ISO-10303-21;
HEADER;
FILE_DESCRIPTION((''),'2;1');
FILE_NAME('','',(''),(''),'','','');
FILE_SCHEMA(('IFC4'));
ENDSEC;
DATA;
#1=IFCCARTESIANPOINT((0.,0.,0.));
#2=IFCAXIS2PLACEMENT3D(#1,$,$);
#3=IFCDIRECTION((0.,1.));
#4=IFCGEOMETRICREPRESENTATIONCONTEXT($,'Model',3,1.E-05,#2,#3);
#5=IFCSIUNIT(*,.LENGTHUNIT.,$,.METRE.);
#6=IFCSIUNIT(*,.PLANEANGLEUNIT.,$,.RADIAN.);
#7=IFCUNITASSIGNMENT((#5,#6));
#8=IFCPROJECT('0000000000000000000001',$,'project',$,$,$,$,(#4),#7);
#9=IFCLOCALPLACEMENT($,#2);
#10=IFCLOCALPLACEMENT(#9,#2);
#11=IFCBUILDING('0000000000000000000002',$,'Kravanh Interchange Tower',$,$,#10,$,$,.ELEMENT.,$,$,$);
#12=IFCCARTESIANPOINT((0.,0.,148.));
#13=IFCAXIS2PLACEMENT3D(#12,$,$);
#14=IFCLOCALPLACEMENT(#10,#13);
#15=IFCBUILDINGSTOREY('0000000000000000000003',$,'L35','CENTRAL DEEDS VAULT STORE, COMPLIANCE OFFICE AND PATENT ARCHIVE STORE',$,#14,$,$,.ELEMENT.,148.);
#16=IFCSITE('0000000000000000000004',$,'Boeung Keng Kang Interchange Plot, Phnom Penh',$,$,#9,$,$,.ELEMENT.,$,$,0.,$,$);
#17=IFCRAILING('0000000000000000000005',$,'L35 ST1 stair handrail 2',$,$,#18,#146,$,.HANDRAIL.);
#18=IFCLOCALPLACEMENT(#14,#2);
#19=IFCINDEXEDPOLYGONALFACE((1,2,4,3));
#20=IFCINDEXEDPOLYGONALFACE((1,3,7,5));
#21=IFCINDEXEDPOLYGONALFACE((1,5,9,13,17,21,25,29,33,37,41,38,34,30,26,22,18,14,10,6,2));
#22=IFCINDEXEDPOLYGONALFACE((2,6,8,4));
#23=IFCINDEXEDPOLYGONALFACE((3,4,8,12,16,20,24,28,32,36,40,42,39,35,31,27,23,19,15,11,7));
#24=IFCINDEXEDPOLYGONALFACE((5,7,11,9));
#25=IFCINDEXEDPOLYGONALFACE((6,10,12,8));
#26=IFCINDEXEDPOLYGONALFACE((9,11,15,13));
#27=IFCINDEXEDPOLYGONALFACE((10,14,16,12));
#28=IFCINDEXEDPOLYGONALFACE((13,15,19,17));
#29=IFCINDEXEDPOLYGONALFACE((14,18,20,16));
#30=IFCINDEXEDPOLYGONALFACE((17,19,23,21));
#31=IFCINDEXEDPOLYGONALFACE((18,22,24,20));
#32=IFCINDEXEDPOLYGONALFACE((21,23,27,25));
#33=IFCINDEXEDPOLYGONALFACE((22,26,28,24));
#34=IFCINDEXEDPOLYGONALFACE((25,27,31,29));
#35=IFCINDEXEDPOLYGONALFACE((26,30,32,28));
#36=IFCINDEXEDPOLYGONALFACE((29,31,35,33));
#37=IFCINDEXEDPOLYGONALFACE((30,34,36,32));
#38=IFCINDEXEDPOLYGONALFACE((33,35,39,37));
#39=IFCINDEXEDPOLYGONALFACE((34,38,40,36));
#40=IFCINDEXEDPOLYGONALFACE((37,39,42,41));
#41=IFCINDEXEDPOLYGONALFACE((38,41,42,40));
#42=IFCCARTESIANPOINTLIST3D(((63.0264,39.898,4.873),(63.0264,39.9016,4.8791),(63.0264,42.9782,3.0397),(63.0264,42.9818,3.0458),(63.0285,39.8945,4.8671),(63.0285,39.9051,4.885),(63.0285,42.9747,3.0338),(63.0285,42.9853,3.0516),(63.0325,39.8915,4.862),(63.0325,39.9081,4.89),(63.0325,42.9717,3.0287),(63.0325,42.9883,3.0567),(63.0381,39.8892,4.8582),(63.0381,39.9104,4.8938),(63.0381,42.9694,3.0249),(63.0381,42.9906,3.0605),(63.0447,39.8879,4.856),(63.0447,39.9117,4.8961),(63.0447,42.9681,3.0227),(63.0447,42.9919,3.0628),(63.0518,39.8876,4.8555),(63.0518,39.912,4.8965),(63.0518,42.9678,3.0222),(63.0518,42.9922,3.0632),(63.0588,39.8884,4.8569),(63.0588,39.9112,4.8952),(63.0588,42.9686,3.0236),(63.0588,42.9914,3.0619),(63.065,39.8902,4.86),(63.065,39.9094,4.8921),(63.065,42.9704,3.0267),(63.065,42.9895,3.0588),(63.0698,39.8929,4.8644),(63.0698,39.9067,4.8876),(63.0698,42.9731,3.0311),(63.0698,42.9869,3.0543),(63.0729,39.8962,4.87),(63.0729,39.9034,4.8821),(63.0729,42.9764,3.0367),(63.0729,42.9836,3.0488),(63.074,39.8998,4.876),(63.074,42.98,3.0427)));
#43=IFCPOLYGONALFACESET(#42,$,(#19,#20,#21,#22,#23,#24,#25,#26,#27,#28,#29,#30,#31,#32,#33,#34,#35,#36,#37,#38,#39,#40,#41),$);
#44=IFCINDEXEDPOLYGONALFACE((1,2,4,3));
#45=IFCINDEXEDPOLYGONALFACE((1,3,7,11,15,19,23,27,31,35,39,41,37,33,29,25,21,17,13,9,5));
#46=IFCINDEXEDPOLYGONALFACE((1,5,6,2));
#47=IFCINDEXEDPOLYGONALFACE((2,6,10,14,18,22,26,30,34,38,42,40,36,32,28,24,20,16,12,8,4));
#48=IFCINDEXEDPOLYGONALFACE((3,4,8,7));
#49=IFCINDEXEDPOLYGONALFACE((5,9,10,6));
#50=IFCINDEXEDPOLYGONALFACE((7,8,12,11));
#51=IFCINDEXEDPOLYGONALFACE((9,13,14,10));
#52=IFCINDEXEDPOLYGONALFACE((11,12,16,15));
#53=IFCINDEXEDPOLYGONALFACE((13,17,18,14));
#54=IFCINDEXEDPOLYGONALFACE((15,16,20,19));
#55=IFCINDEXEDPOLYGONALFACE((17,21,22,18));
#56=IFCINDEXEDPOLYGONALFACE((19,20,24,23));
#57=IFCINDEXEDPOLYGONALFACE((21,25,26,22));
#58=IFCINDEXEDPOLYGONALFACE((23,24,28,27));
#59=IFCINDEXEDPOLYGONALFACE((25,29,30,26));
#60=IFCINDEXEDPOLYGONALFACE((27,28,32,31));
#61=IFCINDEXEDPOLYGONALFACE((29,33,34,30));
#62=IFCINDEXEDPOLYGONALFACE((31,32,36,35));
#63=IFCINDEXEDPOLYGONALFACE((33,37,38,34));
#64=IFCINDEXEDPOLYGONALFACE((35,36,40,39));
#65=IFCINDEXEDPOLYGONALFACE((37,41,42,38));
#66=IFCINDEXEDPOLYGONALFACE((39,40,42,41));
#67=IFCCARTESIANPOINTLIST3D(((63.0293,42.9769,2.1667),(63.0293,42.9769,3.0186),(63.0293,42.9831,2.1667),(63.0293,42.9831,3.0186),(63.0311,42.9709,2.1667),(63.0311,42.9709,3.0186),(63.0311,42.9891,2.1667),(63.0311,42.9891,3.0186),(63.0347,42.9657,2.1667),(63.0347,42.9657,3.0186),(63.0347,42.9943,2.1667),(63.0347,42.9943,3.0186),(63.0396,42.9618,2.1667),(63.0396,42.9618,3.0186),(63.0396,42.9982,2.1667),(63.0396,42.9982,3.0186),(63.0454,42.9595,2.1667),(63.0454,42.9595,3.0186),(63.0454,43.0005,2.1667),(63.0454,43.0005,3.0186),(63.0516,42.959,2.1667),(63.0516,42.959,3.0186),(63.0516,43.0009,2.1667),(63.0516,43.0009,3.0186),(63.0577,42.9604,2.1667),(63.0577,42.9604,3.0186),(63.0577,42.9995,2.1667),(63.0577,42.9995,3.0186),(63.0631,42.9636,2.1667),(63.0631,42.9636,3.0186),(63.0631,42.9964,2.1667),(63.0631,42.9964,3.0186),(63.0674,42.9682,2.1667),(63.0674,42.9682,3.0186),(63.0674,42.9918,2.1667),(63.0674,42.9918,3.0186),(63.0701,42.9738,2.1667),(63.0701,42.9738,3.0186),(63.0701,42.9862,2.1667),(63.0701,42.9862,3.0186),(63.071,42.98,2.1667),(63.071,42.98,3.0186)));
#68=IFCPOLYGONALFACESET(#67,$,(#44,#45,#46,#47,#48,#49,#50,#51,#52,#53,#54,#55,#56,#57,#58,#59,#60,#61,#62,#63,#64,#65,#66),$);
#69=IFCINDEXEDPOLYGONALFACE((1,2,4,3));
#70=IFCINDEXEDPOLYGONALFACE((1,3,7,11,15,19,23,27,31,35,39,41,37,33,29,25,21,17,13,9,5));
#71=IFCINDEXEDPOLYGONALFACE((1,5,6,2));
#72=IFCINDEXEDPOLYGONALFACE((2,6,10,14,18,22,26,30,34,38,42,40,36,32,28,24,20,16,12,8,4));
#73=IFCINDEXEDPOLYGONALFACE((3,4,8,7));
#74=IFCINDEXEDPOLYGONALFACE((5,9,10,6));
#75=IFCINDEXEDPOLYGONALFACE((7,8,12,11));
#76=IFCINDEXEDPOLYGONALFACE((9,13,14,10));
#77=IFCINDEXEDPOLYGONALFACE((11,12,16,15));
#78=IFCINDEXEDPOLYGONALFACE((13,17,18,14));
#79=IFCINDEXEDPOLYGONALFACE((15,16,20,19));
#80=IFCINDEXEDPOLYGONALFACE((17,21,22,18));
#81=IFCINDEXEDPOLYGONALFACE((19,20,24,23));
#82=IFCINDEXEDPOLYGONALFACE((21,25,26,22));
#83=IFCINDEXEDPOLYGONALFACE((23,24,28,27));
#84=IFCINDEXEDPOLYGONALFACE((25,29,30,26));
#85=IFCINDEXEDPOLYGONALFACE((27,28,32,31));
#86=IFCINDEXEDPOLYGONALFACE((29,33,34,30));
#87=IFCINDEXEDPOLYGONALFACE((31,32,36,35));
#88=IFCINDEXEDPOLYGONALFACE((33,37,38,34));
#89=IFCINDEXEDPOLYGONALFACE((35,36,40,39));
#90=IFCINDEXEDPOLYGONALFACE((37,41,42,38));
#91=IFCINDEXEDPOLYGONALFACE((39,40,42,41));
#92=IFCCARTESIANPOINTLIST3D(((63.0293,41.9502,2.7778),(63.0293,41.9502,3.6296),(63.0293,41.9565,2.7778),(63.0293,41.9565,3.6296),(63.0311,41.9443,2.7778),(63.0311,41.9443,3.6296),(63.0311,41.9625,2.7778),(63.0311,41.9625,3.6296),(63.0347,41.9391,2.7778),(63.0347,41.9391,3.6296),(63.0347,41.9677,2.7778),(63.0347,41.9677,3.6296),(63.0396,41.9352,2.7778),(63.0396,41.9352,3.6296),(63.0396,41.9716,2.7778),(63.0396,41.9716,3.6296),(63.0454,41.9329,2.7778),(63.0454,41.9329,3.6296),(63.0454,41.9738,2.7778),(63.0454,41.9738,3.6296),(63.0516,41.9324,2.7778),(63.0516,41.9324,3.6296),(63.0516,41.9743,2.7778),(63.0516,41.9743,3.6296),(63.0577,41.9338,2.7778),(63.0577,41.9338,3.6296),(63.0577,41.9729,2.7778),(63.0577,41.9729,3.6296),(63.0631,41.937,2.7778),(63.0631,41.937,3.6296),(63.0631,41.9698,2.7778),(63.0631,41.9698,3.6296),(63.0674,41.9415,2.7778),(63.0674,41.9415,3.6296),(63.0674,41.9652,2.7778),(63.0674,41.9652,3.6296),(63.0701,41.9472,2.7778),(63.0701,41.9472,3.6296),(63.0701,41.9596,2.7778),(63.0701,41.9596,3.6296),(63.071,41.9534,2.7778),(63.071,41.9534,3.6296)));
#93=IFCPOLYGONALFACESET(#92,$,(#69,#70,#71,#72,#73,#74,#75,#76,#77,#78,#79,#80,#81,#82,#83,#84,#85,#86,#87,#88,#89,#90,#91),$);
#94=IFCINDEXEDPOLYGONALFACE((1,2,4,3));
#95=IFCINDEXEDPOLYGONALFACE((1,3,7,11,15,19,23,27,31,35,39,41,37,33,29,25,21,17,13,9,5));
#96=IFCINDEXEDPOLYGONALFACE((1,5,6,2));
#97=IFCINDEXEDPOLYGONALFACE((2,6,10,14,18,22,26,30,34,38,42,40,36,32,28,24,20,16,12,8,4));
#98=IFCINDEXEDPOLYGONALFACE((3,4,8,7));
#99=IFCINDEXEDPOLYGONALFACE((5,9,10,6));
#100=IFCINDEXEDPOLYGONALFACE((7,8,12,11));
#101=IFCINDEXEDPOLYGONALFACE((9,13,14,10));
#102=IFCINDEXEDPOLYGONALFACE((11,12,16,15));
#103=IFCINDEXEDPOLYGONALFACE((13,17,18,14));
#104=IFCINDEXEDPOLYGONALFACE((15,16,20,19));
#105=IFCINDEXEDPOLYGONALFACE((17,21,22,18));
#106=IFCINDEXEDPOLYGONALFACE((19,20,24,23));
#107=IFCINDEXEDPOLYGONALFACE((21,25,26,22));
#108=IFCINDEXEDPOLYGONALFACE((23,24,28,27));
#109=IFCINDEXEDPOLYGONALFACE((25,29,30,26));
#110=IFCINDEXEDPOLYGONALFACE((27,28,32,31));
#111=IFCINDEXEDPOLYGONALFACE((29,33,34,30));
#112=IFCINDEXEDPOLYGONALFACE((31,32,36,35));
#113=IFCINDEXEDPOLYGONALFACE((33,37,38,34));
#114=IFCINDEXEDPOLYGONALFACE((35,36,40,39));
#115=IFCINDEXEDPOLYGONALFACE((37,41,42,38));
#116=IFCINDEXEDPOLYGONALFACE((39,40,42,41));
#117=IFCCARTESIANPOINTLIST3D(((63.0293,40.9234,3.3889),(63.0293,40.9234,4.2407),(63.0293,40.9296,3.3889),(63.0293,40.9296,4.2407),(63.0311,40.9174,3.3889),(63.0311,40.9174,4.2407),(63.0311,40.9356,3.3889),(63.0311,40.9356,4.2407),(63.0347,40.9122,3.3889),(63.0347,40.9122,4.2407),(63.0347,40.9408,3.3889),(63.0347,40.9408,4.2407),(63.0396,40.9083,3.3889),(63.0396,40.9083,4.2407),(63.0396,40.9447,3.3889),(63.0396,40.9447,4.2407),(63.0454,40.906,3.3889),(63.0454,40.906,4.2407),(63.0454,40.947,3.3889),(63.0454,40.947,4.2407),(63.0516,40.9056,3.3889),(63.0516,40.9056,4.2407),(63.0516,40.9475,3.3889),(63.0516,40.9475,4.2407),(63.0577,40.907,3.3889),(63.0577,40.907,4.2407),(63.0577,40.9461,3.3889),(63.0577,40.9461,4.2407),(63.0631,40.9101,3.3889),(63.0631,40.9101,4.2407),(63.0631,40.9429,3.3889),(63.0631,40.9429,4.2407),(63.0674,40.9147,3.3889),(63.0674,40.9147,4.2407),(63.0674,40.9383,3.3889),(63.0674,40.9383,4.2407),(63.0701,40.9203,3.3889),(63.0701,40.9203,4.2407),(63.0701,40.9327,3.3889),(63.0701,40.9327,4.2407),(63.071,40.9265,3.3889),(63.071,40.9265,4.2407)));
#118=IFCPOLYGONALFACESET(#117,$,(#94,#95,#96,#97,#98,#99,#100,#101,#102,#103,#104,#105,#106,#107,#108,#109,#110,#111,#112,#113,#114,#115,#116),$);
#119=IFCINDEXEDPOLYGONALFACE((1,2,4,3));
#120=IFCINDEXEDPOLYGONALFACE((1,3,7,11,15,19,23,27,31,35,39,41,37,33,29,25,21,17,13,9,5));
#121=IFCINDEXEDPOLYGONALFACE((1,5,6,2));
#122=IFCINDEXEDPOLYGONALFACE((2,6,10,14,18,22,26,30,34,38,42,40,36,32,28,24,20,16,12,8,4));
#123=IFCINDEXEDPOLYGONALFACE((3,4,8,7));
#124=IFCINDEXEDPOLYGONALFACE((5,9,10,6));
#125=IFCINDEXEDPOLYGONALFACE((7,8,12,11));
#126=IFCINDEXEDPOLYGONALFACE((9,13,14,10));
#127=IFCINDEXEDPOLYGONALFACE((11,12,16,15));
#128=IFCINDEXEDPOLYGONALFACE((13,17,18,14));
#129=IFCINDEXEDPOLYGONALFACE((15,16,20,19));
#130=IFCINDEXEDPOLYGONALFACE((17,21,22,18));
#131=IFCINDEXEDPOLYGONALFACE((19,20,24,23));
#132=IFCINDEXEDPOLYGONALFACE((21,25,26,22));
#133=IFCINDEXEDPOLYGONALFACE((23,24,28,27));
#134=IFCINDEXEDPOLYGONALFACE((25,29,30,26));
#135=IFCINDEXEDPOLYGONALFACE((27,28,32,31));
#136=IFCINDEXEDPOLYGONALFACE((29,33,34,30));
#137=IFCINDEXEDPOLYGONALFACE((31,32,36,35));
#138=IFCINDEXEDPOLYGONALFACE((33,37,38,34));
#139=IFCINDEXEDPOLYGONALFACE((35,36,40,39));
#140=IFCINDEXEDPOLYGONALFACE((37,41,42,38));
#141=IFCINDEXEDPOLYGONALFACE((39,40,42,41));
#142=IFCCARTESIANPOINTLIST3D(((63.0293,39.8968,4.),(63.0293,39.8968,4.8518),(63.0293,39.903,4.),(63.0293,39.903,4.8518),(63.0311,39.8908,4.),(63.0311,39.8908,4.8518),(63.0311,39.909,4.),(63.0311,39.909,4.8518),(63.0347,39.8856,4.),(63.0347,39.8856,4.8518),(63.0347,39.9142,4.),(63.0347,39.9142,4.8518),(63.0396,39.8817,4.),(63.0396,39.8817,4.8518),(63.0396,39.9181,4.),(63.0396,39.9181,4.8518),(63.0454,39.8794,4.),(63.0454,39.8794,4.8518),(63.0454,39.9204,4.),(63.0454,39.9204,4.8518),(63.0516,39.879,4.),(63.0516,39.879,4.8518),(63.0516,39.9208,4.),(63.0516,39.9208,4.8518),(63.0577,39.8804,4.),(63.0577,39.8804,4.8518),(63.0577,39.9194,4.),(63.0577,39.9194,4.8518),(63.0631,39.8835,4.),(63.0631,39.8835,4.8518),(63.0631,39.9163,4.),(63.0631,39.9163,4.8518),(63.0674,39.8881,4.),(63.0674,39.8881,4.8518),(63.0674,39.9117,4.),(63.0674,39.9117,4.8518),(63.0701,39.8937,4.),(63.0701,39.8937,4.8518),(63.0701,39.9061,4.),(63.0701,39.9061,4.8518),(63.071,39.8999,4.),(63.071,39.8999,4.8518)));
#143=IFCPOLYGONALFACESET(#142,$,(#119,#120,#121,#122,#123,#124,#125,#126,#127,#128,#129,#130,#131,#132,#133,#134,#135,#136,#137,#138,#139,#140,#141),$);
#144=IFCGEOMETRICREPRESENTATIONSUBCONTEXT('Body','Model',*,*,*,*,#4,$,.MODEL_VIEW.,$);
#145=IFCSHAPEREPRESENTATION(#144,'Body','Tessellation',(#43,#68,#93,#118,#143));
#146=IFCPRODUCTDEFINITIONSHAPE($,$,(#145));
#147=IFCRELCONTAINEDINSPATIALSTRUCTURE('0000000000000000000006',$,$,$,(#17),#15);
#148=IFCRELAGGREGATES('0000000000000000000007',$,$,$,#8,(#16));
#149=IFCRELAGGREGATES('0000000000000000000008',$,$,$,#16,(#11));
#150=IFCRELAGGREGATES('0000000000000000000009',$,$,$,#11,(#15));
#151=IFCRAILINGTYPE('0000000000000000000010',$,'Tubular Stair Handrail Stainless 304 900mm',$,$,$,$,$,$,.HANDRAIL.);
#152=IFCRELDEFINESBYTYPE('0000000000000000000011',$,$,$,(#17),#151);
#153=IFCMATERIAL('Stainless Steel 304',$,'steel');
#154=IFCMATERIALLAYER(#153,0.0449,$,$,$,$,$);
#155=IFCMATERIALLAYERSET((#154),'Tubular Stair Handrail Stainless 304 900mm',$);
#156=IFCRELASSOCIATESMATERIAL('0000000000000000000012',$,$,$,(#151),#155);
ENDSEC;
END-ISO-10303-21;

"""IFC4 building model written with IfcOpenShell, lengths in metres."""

from ifc_helpers import new_model, si_unit, direction, frame, origin, origin_2d, place, context, subcontext, project, spatial, circle, extrude, material, layer, layer_set, type_object, element, save


model = new_model("IFC4")

# Units and contexts
model_context = context("Model", 3, precision=1e-05, world=origin(), true_north=direction((0.0, 1.0)))
body_context = subcontext(model_context, "Body", "Model", "MODEL_VIEW")
ifc_project = project(units=[si_unit("LENGTHUNIT", "METRE"), si_unit("PLANEANGLEUNIT", "RADIAN")], contexts=[model_context])

# Site, building, storey
site_placement = place(None, origin())
site = spatial("IfcSite", under=ifc_project, at=site_placement, Name="Boeung Keng Kang Interchange Plot, Phnom Penh", CompositionType="ELEMENT", RefElevation=0.0)
building_placement = place(site_placement, origin())
building = spatial("IfcBuilding", under=site, at=building_placement, Name="Kravanh Interchange Tower", CompositionType="ELEMENT")
storey_placement = place(building_placement, frame((0.0, 0.0, 148.0)))
storey = spatial("IfcBuildingStorey", under=building, at=storey_placement, Name="L35", Description="CENTRAL DEEDS VAULT STORE, COMPLIANCE OFFICE AND PATENT ARCHIVE STORE", CompositionType="ELEMENT", Elevation=148.0)

# Railing
ifc_material_1 = material(Name="Stainless Steel 304", Category="steel")
ifc_layer_1 = layer(ifc_material_1, 0.0449)
ifc_layer_set_1 = layer_set([ifc_layer_1], Name="Tubular Stair Handrail Stainless 304 900mm")
railing_type_1 = type_object("IfcRailingType", Name="Tubular Stair Handrail Stainless 304 900mm", PredefinedType="HANDRAIL", material=ifc_layer_set_1)
railing_1_placement = place(storey_placement, frame((63.05, 42.98, 2.1667)))
element("IfcRailing", 1, at=railing_1_placement, inside=storey, type_object=railing_type_1, Name="L35 ST1 stair handrail 2", PredefinedType="HANDRAIL", context=body_context, shape_type="SweptSolid", body=[
    extrude(circle(Radius=0.0239, at=origin_2d()), frame((0.0, 0.0, 0.876), z_axis=(0.0, -0.859309, 0.511458), x_axis=(1.0, 0.0, 0.0)), (0.0, 0.0, 1.0), 3.5845),
    extrude(circle(Radius=0.021, at=origin_2d()), origin(), (0.0, 0.0, 1.0), 0.8518),
    extrude(circle(Radius=0.021, at=origin_2d()), frame((0.0, -1.0266, 0.6111)), (0.0, 0.0, 1.0), 0.8518),
    extrude(circle(Radius=0.021, at=origin_2d()), frame((0.0, -2.0535, 1.2222)), (0.0, 0.0, 1.0), 0.8518),
    extrude(circle(Radius=0.021, at=origin_2d()), frame((0.0, -3.0801, 1.8333)), (0.0, 0.0, 1.0), 0.8518),
])

save(model, "model.ifc")
